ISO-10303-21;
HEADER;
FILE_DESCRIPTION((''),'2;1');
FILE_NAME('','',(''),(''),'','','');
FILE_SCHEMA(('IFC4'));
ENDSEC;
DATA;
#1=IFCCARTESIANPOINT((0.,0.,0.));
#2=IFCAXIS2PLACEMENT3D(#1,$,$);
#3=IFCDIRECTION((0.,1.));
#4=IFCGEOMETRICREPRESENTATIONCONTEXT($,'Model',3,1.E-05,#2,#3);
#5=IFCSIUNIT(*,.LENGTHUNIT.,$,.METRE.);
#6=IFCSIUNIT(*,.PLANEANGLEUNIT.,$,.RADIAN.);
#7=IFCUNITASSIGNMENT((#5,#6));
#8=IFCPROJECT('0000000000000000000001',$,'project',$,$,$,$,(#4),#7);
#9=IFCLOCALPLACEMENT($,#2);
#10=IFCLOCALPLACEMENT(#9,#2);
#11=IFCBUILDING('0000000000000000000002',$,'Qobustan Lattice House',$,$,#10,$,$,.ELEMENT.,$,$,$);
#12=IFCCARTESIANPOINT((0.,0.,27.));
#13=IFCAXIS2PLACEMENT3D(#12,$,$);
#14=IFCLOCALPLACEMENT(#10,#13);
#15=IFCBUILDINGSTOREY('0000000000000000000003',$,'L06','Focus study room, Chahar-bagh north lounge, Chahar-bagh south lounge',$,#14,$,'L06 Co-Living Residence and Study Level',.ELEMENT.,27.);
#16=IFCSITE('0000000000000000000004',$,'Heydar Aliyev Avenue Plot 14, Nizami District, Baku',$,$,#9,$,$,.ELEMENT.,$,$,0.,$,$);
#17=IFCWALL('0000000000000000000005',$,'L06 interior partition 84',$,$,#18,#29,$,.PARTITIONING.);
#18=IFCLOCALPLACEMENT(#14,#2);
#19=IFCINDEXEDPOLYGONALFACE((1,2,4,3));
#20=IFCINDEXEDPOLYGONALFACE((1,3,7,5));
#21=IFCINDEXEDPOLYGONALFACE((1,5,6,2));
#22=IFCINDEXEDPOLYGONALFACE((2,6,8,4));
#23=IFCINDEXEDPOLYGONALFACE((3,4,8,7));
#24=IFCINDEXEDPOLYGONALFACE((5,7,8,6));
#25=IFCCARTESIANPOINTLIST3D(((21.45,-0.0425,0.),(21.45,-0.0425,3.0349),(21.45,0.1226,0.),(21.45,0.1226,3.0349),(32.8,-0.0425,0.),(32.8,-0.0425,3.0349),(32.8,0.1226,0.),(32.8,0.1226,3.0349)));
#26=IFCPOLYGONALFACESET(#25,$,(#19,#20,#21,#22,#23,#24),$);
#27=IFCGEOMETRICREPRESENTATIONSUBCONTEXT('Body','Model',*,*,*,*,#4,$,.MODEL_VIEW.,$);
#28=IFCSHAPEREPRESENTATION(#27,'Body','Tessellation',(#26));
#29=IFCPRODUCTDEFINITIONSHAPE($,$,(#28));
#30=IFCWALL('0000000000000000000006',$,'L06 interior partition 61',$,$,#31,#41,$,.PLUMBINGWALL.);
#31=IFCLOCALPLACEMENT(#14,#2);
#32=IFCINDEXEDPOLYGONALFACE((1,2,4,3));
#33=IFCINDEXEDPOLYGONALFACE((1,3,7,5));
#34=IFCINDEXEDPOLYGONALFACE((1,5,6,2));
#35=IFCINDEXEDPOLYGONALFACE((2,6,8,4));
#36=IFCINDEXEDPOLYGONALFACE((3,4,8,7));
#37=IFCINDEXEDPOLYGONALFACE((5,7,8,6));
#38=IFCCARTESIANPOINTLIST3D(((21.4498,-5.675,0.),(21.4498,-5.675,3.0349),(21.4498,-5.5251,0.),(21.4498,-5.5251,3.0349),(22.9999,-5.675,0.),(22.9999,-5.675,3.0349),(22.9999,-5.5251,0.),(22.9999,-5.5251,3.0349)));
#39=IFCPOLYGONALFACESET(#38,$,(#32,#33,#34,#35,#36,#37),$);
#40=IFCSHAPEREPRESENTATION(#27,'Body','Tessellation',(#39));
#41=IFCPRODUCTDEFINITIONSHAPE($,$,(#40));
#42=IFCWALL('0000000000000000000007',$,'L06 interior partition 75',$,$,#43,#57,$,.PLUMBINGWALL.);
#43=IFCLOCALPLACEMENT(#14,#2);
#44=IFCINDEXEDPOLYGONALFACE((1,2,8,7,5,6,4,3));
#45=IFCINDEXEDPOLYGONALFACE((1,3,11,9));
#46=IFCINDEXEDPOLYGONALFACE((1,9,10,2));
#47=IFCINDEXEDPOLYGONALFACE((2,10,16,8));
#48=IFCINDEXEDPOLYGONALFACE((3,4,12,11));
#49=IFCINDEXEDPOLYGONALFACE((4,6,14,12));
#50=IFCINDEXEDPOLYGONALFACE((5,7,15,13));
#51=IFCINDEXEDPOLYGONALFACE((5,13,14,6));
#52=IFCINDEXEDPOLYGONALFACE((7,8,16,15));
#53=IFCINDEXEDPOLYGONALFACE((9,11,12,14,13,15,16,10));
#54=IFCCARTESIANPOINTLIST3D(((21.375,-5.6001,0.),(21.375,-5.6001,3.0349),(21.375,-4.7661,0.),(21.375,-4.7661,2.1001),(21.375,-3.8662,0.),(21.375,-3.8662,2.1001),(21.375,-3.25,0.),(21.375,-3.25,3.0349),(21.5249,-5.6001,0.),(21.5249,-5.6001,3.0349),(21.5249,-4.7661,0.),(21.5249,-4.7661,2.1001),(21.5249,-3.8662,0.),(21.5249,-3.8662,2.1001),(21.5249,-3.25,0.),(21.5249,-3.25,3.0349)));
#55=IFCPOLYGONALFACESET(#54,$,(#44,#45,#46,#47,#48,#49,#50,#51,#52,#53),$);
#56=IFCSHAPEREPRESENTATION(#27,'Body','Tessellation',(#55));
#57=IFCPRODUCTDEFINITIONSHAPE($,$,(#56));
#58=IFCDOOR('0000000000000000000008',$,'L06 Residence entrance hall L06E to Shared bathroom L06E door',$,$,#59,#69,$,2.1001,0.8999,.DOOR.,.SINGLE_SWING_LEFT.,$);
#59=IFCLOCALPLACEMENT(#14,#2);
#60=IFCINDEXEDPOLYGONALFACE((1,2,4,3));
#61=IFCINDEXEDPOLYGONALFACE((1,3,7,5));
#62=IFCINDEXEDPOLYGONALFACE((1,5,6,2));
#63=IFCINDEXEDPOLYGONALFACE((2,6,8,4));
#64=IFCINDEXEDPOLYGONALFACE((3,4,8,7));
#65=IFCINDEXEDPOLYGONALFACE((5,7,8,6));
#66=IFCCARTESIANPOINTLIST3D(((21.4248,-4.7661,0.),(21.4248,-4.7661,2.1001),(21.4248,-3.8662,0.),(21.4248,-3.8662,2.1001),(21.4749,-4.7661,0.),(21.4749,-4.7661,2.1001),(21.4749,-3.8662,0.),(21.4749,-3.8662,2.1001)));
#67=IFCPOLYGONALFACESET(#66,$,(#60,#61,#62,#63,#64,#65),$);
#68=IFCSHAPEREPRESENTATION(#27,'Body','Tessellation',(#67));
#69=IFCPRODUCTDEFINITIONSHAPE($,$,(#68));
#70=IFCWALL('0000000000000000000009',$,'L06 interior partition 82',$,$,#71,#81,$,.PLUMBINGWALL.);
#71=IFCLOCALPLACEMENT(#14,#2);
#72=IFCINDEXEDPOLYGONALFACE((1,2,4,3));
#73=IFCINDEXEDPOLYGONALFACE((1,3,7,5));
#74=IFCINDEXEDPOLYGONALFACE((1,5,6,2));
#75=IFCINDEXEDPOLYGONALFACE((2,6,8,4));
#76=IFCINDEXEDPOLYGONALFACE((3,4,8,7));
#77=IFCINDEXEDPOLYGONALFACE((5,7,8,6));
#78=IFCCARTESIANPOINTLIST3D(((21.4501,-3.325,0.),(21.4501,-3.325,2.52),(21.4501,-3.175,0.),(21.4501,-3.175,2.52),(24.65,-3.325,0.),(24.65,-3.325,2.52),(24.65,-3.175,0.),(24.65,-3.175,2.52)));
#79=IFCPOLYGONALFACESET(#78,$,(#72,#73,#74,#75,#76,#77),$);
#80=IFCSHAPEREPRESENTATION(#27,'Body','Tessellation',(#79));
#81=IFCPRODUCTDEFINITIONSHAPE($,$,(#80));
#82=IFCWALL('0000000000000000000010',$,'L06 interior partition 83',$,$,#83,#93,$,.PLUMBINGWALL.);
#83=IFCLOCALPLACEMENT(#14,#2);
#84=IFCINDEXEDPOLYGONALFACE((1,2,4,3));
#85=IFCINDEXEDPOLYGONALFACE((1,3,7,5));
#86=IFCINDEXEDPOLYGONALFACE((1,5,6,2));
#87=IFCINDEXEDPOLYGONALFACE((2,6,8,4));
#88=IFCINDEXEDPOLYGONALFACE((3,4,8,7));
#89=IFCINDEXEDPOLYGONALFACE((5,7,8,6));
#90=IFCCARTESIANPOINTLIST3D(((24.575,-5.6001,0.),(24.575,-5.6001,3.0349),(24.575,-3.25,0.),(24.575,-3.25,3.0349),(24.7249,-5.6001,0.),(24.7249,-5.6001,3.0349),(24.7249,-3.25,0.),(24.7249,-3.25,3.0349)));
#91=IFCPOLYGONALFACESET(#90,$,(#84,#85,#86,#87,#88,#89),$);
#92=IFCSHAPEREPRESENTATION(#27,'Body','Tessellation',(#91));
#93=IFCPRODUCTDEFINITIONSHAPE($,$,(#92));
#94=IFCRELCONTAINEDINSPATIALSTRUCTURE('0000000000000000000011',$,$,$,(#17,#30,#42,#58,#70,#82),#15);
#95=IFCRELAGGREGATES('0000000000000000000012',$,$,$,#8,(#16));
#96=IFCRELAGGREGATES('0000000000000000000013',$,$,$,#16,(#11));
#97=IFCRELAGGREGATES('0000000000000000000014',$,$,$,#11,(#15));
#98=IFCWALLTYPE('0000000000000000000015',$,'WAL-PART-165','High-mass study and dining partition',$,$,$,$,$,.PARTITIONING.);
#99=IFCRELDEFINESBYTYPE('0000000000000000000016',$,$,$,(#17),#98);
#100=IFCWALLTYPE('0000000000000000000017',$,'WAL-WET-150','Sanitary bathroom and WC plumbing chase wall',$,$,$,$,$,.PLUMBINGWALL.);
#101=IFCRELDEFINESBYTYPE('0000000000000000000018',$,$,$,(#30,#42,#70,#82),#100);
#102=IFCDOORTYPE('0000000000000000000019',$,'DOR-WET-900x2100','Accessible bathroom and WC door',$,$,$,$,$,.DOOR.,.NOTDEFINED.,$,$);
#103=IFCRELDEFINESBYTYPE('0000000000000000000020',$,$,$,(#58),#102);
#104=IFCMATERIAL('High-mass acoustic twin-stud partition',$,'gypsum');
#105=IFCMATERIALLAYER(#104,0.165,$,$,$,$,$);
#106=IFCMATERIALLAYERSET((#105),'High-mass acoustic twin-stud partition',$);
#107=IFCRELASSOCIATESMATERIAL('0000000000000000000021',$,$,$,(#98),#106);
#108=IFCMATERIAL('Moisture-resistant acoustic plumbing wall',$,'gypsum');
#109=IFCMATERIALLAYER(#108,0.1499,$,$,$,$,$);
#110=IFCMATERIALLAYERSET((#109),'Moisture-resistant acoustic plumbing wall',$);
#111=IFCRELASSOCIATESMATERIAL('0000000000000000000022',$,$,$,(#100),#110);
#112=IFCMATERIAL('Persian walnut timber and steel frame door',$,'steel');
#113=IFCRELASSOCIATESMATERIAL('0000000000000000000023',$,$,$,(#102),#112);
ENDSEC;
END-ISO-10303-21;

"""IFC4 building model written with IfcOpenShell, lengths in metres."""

from ifc_helpers import new_model, si_unit, direction, frame, frame_2d, origin, place, context, subcontext, project, spatial, rectangle, extrude, material, layer, layer_set, type_object, element, fill, save


model = new_model("IFC4")

# Units and contexts
model_context = context("Model", 3, precision=1e-05, world=origin(), true_north=direction((0.0, 1.0)))
body_context = subcontext(model_context, "Body", "Model", "MODEL_VIEW")
ifc_project = project(units=[si_unit("LENGTHUNIT", "METRE"), si_unit("PLANEANGLEUNIT", "RADIAN")], contexts=[model_context])

# Site, building, storey
site_placement = place(None, origin())
site = spatial("IfcSite", under=ifc_project, at=site_placement, Name="Heydar Aliyev Avenue Plot 14, Nizami District, Baku", CompositionType="ELEMENT", RefElevation=0.0)
building_placement = place(site_placement, origin())
building = spatial("IfcBuilding", under=site, at=building_placement, Name="Qobustan Lattice House", CompositionType="ELEMENT")
storey_placement = place(building_placement, frame((0.0, 0.0, 27.0)))
storey = spatial("IfcBuildingStorey", under=building, at=storey_placement, Name="L06", Description="Focus study room, Chahar-bagh north lounge, Chahar-bagh south lounge", LongName="L06 Co-Living Residence and Study Level", CompositionType="ELEMENT", Elevation=27.0)

# Shared definitions
ifc_material_1 = material(Name="High-mass acoustic twin-stud partition", Category="gypsum")
ifc_layer_1 = layer(ifc_material_1, 0.165)
ifc_layer_set_1 = layer_set([ifc_layer_1], Name="High-mass acoustic twin-stud partition")
wall_type_1 = type_object("IfcWallType", Name="WAL-PART-165", Description="High-mass study and dining partition", PredefinedType="PARTITIONING", material=ifc_layer_set_1)

# Walls
wall_1_placement = place(storey_placement, frame((21.45, 0.04, 0.0), z_axis=(0.0, 0.0, 1.0), x_axis=(1.0, 0.0, 0.0)))
element("IfcWall", 1, at=wall_1_placement, inside=storey, type_object=wall_type_1, Name="L06 interior partition 84", PredefinedType="PARTITIONING", context=body_context, shape_type="SweptSolid", body=[
    extrude(rectangle(XDim=11.3501, YDim=0.165, at=frame_2d((5.675, 0.0))), origin(), (0.0, 0.0, 1.0), 3.0349),
])
ifc_material_2 = material(Name="Moisture-resistant acoustic plumbing wall", Category="gypsum")
ifc_layer_2 = layer(ifc_material_2, 0.1499)
ifc_layer_set_2 = layer_set([ifc_layer_2], Name="Moisture-resistant acoustic plumbing wall")
wall_type_2 = type_object("IfcWallType", Name="WAL-WET-150", Description="Sanitary bathroom and WC plumbing chase wall", PredefinedType="PLUMBINGWALL", material=ifc_layer_set_2)
wall_2_placement = place(storey_placement, frame((21.45, -5.6001, 0.0), z_axis=(0.0, 0.0, 1.0), x_axis=(1.0, 0.0, 0.0)))
element("IfcWall", 2, at=wall_2_placement, inside=storey, type_object=wall_type_2, Name="L06 interior partition 61", PredefinedType="PLUMBINGWALL", context=body_context, shape_type="SweptSolid", body=[
    extrude(rectangle(XDim=1.55, YDim=0.1499, at=frame_2d((0.7749, 0.0))), origin(), (0.0, 0.0, 1.0), 3.0349),
])

# Wall, opening, door
wall_3_placement = place(storey_placement, frame((21.45, -3.25, 0.0), z_axis=(0.0, 0.0, 1.0), x_axis=(0.0, -1.0, 0.0)))
wall_3 = element("IfcWall", 3, at=wall_3_placement, inside=storey, type_object=wall_type_2, Name="L06 interior partition 75", PredefinedType="PLUMBINGWALL", context=body_context, shape_type="SweptSolid", body=[
    extrude(rectangle(XDim=2.3501, YDim=0.1499, at=frame_2d((1.175, 0.0))), origin(), (0.0, 0.0, 1.0), 3.0349),
])
opening_1_placement = place(wall_3_placement, frame((0.6162, 0.0, 0.0)))
opening_1 = element("IfcOpeningElement", 4, at=opening_1_placement, cuts=wall_3, PredefinedType="OPENING", context=body_context, shape_type="SweptSolid", body=[
    extrude(rectangle(XDim=0.8999, YDim=2.1001, at=frame_2d((0.45, 1.05))), frame((0.0, 0.085, 0.0), z_axis=(0.0, -1.0, 0.0), x_axis=(1.0, 0.0, 0.0)), (0.0, 0.0, 1.0), 0.1699),
])
ifc_material_3 = material(Name="Persian walnut timber and steel frame door", Category="steel")
door_type_1 = type_object("IfcDoorType", Name="DOR-WET-900x2100", Description="Accessible bathroom and WC door", OperationType="NOTDEFINED", PredefinedType="DOOR", material=ifc_material_3)
door_1_placement = place(opening_1_placement, origin())
door_1 = element("IfcDoor", 5, at=door_1_placement, inside=storey, type_object=door_type_1, Name="L06 Residence entrance hall L06E to Shared bathroom L06E door", OperationType="SINGLE_SWING_LEFT", OverallHeight=2.1001, OverallWidth=0.8999, PredefinedType="DOOR", context=body_context, shape_type="SweptSolid", body=[
    extrude(rectangle(XDim=0.8999, YDim=2.1001, at=frame_2d((0.45, 1.05))), frame((0.0, 0.0249, 0.0), z_axis=(0.0, -1.0, 0.0), x_axis=(1.0, 0.0, 0.0)), (0.0, 0.0, 1.0), 0.05),
])
fill(opening_1, door_1)

# Walls
wall_4_placement = place(storey_placement, frame((21.45, -3.25, 0.0), z_axis=(0.0, 0.0, 1.0), x_axis=(1.0, 0.0, 0.0)))
element("IfcWall", 6, at=wall_4_placement, inside=storey, type_object=wall_type_2, Name="L06 interior partition 82", PredefinedType="PLUMBINGWALL", context=body_context, shape_type="SweptSolid", body=[
    extrude(rectangle(XDim=3.2, YDim=0.1499, at=frame_2d((1.6001, 0.0))), origin(), (0.0, 0.0, 1.0), 2.52),
])
wall_5_placement = place(storey_placement, frame((24.6499, -3.25, 0.0), z_axis=(0.0, 0.0, 1.0), x_axis=(0.0, -1.0, 0.0)))
element("IfcWall", 7, at=wall_5_placement, inside=storey, type_object=wall_type_2, Name="L06 interior partition 83", PredefinedType="PLUMBINGWALL", context=body_context, shape_type="SweptSolid", body=[
    extrude(rectangle(XDim=2.3501, YDim=0.1499, at=frame_2d((1.175, 0.0))), origin(), (0.0, 0.0, 1.0), 3.0349),
])

save(model, "model.ifc")
